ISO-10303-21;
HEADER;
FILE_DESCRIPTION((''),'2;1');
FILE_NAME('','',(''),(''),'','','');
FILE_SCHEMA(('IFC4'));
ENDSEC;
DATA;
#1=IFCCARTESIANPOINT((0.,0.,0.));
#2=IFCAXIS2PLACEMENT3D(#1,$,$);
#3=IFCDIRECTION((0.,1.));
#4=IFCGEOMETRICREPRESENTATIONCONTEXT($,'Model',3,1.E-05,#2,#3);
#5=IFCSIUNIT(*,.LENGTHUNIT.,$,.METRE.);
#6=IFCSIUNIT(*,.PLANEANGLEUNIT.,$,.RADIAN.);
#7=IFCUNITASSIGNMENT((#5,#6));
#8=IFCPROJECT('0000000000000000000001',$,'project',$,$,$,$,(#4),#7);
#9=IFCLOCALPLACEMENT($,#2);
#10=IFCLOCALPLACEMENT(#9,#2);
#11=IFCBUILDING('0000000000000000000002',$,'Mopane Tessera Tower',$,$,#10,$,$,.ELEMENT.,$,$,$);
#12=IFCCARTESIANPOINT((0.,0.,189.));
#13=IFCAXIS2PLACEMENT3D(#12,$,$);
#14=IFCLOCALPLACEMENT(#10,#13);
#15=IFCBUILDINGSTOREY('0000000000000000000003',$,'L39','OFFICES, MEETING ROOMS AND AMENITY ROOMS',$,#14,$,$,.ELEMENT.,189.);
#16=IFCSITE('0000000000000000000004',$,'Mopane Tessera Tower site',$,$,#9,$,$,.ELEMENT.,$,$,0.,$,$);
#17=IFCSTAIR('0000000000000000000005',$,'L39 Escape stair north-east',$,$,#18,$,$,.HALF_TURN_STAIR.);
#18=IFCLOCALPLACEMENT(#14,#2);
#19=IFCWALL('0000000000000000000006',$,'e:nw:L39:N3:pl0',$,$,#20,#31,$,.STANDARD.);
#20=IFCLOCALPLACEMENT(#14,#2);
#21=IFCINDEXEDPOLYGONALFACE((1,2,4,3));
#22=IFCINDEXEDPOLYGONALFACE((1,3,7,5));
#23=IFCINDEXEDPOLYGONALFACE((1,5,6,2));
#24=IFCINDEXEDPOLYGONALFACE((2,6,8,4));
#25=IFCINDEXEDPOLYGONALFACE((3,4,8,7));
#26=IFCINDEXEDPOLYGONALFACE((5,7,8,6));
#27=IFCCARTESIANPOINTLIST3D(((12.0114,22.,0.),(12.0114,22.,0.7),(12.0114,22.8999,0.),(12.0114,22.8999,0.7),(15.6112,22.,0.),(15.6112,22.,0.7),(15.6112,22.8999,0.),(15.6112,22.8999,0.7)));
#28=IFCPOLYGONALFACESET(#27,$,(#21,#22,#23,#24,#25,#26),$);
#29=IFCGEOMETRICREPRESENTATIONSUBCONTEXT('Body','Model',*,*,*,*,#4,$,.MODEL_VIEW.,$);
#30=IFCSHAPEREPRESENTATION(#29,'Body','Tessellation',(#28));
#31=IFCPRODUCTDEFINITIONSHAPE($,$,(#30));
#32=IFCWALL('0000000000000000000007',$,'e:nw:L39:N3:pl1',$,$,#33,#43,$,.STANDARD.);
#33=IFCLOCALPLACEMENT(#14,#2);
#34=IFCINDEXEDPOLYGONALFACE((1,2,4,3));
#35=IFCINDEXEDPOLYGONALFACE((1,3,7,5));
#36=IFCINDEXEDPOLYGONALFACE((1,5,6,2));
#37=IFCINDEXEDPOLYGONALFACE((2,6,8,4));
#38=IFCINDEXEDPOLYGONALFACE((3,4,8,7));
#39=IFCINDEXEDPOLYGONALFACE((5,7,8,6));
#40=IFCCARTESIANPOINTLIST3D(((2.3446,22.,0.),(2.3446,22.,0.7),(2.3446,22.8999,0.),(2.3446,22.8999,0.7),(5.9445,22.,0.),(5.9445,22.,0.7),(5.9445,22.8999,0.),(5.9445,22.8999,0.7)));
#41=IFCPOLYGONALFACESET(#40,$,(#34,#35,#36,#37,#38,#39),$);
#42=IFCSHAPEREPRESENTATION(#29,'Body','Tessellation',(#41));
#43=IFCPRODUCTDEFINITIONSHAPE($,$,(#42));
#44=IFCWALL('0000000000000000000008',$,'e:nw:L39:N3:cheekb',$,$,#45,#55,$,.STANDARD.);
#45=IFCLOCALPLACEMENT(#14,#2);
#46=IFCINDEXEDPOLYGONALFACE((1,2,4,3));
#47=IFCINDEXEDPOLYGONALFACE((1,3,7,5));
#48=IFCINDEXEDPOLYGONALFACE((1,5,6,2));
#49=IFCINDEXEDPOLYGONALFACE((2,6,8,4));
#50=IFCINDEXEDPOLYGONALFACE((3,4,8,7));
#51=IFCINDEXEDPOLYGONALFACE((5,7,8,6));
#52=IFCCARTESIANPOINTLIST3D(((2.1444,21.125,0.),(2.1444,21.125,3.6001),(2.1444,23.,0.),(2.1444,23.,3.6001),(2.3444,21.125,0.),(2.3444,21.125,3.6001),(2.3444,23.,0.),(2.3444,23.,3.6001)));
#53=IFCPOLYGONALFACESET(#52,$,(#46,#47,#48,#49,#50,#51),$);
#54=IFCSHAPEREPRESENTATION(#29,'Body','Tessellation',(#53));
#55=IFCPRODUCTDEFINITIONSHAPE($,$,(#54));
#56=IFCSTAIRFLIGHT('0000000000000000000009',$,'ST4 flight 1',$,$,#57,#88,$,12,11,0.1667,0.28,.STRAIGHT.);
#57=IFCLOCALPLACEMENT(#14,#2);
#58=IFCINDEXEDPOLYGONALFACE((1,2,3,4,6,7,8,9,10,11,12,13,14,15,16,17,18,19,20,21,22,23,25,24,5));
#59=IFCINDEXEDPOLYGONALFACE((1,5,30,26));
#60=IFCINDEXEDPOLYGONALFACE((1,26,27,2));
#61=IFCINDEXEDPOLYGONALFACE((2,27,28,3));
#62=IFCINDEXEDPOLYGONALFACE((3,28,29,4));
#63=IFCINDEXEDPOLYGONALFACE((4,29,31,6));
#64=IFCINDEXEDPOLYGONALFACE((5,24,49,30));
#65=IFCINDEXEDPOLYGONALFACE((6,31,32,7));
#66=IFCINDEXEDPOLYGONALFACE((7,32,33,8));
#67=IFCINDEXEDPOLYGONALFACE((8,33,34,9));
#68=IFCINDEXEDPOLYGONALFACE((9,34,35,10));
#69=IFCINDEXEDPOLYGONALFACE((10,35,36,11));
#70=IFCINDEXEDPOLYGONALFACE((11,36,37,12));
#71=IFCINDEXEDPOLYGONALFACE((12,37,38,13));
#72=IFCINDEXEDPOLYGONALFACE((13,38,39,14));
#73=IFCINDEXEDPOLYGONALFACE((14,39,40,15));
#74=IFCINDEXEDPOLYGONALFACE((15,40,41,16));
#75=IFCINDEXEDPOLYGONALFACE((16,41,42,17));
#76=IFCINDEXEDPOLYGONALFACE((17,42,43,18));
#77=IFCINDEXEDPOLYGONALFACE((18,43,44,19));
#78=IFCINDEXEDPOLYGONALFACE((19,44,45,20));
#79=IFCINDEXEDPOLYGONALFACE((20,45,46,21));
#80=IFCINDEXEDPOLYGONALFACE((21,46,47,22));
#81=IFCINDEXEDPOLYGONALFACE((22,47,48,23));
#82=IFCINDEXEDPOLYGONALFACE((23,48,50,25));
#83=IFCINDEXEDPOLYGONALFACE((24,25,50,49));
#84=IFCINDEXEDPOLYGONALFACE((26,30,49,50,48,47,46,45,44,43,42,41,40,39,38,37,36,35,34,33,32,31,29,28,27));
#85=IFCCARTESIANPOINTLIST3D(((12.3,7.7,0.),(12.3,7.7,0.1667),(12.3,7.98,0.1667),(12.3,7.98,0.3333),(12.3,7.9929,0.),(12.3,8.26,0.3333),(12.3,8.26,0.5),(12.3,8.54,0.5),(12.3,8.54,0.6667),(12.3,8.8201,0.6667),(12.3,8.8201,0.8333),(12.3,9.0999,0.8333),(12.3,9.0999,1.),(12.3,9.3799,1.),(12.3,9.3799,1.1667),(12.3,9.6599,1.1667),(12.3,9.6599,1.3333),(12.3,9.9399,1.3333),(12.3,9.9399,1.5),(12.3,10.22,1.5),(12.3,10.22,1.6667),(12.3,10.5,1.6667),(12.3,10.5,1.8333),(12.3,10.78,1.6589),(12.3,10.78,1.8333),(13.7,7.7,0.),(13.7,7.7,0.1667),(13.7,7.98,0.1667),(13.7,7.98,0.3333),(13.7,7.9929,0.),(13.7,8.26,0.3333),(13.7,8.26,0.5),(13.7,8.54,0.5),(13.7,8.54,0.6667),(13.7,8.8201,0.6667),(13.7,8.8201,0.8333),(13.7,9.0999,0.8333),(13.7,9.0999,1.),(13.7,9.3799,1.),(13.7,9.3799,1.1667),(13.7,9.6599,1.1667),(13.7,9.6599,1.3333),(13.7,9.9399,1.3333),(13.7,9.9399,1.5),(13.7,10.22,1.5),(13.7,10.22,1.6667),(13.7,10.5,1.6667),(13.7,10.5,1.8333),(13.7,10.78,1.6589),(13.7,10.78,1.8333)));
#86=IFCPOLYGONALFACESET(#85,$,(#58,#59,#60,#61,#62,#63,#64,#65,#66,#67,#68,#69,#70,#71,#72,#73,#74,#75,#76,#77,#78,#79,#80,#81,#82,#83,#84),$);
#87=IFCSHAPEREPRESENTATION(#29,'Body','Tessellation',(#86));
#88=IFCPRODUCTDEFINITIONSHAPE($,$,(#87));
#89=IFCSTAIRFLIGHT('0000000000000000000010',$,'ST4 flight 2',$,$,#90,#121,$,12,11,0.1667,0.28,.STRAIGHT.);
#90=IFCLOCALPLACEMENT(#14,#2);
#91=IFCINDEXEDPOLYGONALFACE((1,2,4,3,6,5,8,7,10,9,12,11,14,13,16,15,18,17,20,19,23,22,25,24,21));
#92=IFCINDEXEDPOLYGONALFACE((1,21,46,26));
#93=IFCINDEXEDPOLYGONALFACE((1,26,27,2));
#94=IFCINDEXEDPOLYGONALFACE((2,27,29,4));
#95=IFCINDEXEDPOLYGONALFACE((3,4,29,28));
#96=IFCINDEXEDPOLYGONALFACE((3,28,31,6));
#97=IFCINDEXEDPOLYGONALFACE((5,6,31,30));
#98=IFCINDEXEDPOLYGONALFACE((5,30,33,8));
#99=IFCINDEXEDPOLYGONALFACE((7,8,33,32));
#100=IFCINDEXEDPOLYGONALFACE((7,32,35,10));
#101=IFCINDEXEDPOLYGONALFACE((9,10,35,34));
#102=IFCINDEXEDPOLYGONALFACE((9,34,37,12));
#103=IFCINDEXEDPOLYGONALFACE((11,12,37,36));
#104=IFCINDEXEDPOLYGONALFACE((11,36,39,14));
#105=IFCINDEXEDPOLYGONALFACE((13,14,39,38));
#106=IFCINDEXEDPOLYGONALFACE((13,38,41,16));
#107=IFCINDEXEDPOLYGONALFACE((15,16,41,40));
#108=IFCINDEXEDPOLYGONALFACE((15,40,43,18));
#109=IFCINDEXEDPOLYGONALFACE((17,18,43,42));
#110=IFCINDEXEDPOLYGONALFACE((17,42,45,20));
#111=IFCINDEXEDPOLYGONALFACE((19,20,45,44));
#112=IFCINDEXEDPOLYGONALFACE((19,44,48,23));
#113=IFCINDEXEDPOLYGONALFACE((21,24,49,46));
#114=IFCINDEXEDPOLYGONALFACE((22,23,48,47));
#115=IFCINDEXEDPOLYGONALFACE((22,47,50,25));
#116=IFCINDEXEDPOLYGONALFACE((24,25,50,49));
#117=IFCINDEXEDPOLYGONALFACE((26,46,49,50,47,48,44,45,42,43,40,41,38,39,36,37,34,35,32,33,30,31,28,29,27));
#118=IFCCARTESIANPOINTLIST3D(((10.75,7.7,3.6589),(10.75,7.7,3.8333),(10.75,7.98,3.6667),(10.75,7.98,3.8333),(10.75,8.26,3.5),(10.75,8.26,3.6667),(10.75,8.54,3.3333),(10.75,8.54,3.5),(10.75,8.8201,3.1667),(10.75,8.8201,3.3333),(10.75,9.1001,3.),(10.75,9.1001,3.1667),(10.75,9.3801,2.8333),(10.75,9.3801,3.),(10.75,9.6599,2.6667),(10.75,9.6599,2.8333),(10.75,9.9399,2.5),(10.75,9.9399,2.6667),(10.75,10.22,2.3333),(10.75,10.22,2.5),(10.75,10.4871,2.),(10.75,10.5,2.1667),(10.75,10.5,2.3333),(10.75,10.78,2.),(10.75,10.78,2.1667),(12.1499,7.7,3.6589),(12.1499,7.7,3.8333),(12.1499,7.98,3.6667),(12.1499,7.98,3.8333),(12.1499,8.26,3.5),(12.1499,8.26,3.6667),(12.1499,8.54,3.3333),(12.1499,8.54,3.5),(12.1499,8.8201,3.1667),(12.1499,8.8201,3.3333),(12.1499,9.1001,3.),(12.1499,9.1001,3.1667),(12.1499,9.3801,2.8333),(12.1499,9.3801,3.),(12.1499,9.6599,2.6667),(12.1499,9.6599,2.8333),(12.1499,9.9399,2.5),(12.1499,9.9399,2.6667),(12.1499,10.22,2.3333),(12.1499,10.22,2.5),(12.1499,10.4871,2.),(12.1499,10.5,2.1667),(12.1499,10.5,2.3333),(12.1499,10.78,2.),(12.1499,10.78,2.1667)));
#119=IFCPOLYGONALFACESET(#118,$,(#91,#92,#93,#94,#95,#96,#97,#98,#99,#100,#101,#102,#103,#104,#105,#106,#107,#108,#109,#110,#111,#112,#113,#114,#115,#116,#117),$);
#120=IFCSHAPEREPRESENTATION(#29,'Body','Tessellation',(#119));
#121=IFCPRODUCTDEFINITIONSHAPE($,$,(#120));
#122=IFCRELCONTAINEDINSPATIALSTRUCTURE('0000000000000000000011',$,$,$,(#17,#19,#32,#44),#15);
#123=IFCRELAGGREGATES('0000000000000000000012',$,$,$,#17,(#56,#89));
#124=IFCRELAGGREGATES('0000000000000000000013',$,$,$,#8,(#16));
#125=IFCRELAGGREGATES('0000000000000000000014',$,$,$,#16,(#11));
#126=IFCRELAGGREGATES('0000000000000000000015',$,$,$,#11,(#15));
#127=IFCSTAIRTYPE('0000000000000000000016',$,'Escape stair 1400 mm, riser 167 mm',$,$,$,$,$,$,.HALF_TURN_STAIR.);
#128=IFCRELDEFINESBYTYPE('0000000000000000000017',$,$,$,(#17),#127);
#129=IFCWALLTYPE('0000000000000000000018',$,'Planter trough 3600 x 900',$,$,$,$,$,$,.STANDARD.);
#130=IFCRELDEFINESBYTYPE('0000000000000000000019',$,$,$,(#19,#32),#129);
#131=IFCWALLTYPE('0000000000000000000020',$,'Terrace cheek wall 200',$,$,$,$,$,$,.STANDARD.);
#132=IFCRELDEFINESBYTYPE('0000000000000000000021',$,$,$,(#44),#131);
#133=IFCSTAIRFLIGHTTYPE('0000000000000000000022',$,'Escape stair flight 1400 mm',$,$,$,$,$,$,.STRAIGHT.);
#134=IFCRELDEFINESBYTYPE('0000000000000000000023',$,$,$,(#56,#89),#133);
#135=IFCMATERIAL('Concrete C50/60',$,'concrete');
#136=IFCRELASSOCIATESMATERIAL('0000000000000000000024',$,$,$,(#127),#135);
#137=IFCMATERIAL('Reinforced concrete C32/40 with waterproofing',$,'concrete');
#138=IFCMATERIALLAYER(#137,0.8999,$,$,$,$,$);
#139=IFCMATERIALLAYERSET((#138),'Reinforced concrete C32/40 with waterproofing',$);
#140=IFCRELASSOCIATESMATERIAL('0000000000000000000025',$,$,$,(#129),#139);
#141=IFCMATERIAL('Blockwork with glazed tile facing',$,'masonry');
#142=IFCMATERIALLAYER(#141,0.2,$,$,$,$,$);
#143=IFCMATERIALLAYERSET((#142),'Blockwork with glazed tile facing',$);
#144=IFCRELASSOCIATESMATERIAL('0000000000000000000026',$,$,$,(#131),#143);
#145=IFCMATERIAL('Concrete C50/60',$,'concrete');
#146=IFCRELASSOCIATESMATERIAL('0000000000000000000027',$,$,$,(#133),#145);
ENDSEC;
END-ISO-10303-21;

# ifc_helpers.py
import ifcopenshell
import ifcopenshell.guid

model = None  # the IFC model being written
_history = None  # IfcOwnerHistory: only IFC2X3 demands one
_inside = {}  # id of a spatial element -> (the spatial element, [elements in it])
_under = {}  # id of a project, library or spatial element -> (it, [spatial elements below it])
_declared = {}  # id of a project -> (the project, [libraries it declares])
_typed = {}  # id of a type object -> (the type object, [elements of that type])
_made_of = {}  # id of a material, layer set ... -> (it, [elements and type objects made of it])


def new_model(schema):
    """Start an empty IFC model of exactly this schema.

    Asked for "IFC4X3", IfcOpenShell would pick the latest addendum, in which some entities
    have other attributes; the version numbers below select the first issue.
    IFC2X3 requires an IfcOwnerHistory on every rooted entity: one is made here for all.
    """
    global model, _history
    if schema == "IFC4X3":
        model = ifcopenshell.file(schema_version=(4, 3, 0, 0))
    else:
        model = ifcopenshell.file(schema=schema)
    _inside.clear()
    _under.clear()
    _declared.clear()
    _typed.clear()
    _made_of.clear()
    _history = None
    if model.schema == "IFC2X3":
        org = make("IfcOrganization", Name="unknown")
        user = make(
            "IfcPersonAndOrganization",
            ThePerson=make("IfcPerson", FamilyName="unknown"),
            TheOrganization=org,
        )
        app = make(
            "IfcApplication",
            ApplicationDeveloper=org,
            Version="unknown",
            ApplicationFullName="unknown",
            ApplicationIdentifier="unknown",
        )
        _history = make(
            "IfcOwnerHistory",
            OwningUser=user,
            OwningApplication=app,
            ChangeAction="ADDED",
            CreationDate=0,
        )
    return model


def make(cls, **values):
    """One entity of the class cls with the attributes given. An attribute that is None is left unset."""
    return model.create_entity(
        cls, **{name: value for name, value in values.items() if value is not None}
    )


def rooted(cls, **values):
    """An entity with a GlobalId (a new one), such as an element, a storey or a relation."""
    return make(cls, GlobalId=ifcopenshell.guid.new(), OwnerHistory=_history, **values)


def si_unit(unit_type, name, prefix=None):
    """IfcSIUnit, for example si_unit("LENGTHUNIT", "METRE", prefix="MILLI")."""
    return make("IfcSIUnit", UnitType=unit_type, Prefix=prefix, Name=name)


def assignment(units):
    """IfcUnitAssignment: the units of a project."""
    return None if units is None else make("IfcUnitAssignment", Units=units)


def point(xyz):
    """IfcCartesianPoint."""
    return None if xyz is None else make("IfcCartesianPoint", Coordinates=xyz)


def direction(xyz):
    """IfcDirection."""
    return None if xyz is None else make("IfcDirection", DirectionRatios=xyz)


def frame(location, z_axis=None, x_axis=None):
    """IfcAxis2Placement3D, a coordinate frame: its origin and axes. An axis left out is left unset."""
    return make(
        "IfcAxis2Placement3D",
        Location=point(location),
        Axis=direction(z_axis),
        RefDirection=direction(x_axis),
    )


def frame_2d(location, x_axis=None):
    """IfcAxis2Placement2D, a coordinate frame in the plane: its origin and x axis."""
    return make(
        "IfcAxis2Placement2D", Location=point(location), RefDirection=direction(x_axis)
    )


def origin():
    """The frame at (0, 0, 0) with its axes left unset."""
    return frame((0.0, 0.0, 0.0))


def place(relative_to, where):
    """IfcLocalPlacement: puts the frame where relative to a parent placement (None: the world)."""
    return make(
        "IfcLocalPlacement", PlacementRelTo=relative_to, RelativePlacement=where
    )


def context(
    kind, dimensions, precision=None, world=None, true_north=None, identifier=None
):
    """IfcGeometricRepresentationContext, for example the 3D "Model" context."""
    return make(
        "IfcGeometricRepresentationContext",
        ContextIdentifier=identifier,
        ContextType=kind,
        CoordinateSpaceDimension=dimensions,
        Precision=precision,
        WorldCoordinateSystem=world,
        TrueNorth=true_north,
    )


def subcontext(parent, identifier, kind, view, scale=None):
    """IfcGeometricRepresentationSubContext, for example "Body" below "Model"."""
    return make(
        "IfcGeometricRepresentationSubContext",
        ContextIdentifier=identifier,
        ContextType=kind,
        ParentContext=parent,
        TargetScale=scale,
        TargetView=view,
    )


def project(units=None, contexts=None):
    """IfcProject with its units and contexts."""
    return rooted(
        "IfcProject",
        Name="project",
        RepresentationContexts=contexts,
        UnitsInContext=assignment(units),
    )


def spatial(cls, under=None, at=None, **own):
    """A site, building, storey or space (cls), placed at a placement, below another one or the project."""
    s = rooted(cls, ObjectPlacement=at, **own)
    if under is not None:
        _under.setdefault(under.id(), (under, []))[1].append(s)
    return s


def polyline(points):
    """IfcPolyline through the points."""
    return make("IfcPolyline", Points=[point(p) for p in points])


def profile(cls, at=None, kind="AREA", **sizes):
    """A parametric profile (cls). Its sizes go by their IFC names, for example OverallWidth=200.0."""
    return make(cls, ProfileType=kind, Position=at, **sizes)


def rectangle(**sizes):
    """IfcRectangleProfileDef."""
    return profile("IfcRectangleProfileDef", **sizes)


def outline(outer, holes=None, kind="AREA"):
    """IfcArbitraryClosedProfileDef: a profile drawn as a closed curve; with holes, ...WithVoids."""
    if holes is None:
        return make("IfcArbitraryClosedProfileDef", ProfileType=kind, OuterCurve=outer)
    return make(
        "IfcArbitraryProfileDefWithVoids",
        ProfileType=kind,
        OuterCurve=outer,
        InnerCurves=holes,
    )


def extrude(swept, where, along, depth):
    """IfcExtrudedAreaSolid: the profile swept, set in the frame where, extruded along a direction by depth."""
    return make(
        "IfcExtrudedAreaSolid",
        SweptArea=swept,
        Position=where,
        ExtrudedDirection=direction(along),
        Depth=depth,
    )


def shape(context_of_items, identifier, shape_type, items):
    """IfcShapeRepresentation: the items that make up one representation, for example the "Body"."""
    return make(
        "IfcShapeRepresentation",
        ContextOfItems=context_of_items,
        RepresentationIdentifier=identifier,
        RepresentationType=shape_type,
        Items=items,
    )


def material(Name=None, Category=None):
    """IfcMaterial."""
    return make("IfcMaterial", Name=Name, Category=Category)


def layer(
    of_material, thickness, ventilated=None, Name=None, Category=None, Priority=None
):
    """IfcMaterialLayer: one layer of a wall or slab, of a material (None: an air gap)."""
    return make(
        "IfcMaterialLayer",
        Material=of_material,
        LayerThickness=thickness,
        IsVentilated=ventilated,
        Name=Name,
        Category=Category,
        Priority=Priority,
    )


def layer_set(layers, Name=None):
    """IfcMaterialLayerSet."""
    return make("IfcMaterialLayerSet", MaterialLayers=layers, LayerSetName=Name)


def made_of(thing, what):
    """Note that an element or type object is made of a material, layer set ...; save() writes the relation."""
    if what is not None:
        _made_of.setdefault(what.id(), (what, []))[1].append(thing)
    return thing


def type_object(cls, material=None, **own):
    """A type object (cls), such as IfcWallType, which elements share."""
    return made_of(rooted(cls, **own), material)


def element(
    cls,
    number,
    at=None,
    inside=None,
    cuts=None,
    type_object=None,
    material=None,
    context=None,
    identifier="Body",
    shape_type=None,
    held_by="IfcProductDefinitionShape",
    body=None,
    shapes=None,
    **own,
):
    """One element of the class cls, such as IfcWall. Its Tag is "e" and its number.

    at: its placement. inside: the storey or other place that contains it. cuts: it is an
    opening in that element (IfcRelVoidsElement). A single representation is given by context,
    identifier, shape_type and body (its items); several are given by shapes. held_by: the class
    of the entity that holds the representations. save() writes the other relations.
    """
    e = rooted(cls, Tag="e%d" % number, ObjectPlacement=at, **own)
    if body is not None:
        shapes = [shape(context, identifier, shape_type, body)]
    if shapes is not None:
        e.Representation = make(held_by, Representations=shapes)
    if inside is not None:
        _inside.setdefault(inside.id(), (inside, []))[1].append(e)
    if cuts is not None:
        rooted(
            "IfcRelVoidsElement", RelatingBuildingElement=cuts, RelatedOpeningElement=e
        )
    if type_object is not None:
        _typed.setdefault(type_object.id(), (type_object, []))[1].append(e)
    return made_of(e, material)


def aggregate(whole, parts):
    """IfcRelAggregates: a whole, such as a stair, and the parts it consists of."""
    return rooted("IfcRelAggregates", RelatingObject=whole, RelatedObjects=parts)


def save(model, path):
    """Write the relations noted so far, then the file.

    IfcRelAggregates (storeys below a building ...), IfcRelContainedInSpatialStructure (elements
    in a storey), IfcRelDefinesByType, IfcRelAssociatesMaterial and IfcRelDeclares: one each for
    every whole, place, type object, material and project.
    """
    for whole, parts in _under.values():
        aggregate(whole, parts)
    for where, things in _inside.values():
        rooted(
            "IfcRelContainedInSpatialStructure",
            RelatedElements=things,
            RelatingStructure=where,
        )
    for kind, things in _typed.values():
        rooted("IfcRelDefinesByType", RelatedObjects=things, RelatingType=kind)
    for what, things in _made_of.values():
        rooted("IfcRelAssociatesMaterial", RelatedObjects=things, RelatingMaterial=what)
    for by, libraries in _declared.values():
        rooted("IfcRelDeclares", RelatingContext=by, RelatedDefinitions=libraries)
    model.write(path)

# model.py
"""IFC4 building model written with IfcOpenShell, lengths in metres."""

from ifc_helpers import new_model, si_unit, direction, frame, frame_2d, origin, place, context, subcontext, project, spatial, polyline, rectangle, outline, extrude, material, layer, layer_set, type_object, element, aggregate, save


model = new_model("IFC4")

# Units and contexts
model_context = context("Model", 3, precision=1e-05, world=origin(), true_north=direction((0.0, 1.0)))
body_context = subcontext(model_context, "Body", "Model", "MODEL_VIEW")
ifc_project = project(units=[si_unit("LENGTHUNIT", "METRE"), si_unit("PLANEANGLEUNIT", "RADIAN")], contexts=[model_context])

# Site, building, storey
site_placement = place(None, origin())
site = spatial("IfcSite", under=ifc_project, at=site_placement, Name="Mopane Tessera Tower site", CompositionType="ELEMENT", RefElevation=0.0)
building_placement = place(site_placement, origin())
building = spatial("IfcBuilding", under=site, at=building_placement, Name="Mopane Tessera Tower", CompositionType="ELEMENT")
storey_placement = place(building_placement, frame((0.0, 0.0, 189.0)))
storey = spatial("IfcBuildingStorey", under=building, at=storey_placement, Name="L39", Description="OFFICES, MEETING ROOMS AND AMENITY ROOMS", CompositionType="ELEMENT", Elevation=189.0)

# Stair
ifc_material_1 = material(Name="Concrete C50/60", Category="concrete")
stair_type = type_object("IfcStairType", Name="Escape stair 1400 mm, riser 167 mm", PredefinedType="HALF_TURN_STAIR", material=ifc_material_1)
stair_1_placement = place(storey_placement, origin())
stair_1 = element("IfcStair", 1, at=stair_1_placement, inside=storey, type_object=stair_type, Name="L39 Escape stair north-east", PredefinedType="HALF_TURN_STAIR")

# Walls
ifc_material_2 = material(Name="Reinforced concrete C32/40 with waterproofing", Category="concrete")
ifc_layer_1 = layer(ifc_material_2, 0.8999)
ifc_layer_set_1 = layer_set([ifc_layer_1], Name="Reinforced concrete C32/40 with waterproofing")
wall_type_1 = type_object("IfcWallType", Name="Planter trough 3600 x 900", PredefinedType="STANDARD", material=ifc_layer_set_1)
for number, where, z_axis, x_axis, name in (
    (2, (15.6111, 22.45, 0.0), (0.0, 0.0, 1.0), (-1.0, 0.0, 0.0), "e:nw:L39:N3:pl0"),
    (3, (5.9443, 22.45, 0.0), (0.0, 0.0, 1.0), (-1.0, 0.0, 0.0), "e:nw:L39:N3:pl1"),
):
    element("IfcWall", number, at=place(storey_placement, frame(where, z_axis=z_axis, x_axis=x_axis)), inside=storey, type_object=wall_type_1, Name=name, PredefinedType="STANDARD", context=body_context, shape_type="SweptSolid", body=[
        extrude(rectangle(XDim=3.5999, YDim=0.8999, at=frame_2d((1.7998, 0.0))), origin(), (0.0, 0.0, 1.0), 0.7),
    ])
ifc_material_3 = material(Name="Blockwork with glazed tile facing", Category="masonry")
ifc_layer_2 = layer(ifc_material_3, 0.2)
ifc_layer_set_2 = layer_set([ifc_layer_2], Name="Blockwork with glazed tile facing")
wall_type_2 = type_object("IfcWallType", Name="Terrace cheek wall 200", PredefinedType="STANDARD", material=ifc_layer_set_2)
wall_1_placement = place(storey_placement, frame((2.2444, 23.0, 0.0), z_axis=(0.0, 0.0, 1.0), x_axis=(0.0, -1.0, 0.0)))
element("IfcWall", 4, at=wall_1_placement, inside=storey, type_object=wall_type_2, Name="e:nw:L39:N3:cheekb", PredefinedType="STANDARD", context=body_context, shape_type="SweptSolid", body=[
    extrude(rectangle(XDim=1.875, YDim=0.2, at=frame_2d((0.9375, 0.0))), origin(), (0.0, 0.0, 1.0), 3.6001),
])

# Stair flights
ifc_material_4 = material(Name="Concrete C50/60", Category="concrete")
stair_flight_type = type_object("IfcStairFlightType", Name="Escape stair flight 1400 mm", PredefinedType="STRAIGHT", material=ifc_material_4)
stair_flight_1_placement = place(storey_placement, frame((13.0, 7.7, 0.0), z_axis=(0.0, 0.0, 1.0), x_axis=(0.0, 1.0, 0.0)))
stair_flight_1 = element("IfcStairFlight", 5, at=stair_flight_1_placement, type_object=stair_flight_type, Name="ST4 flight 1", NumberOfRisers=12, NumberOfTreads=11, PredefinedType="STRAIGHT", RiserHeight=0.1667, TreadLength=0.28, context=body_context, shape_type="SweptSolid", body=[
    extrude(outline(polyline([(0.0, 0.0), (0.0, 0.1667), (0.28, 0.1667), (0.28, 0.3333), (0.5601, 0.3333), (0.5601, 0.5), (0.8401, 0.5), (0.8401, 0.6667), (1.1201, 0.6667), (1.1201, 0.8333), (1.3999, 0.8333), (1.3999, 1.0), (1.6799, 1.0), (1.6799, 1.1667), (1.96, 1.1667), (1.96, 1.3333), (2.24, 1.3333), (2.24, 1.5), (2.52, 1.5), (2.52, 1.6667), (2.8, 1.6667), (2.8, 1.8333), (3.0801, 1.8333), (3.0801, 2.0), (3.0801, 1.6589), (0.293, 0.0), (0.0, 0.0)])), frame((0.0, 0.7, 0.0), z_axis=(0.0, -1.0, 0.0), x_axis=(1.0, 0.0, 0.0)), (0.0, 0.0, 1.0), 1.3999),
])
stair_flight_2_placement = place(storey_placement, frame((11.45, 10.78, 2.0), z_axis=(0.0, 0.0, 1.0), x_axis=(0.0, -1.0, 0.0)))
stair_flight_2 = element("IfcStairFlight", 6, at=stair_flight_2_placement, type_object=stair_flight_type, Name="ST4 flight 2", NumberOfRisers=12, NumberOfTreads=11, PredefinedType="STRAIGHT", RiserHeight=0.1667, TreadLength=0.28, context=body_context, shape_type="SweptSolid", body=[
    extrude(outline(polyline([(0.0, 0.0), (0.0, 0.1667), (0.28, 0.1667), (0.28, 0.3333), (0.5601, 0.3333), (0.5601, 0.5), (0.8401, 0.5), (0.8401, 0.6667), (1.1201, 0.6667), (1.1201, 0.8333), (1.3999, 0.8333), (1.3999, 1.0), (1.6799, 1.0), (1.6799, 1.1667), (1.96, 1.1667), (1.96, 1.3333), (2.24, 1.3333), (2.24, 1.5), (2.52, 1.5), (2.52, 1.6667), (2.8, 1.6667), (2.8, 1.8333), (3.0801, 1.8333), (3.0801, 2.0), (3.0801, 1.6589), (0.293, 0.0), (0.0, 0.0)])), frame((0.0, 0.7, 0.0), z_axis=(0.0, -1.0, 0.0), x_axis=(1.0, 0.0, 0.0)), (0.0, 0.0, 1.0), 1.3999),
])
aggregate(stair_1, [stair_flight_1, stair_flight_2])

save(model, "model.ifc")
